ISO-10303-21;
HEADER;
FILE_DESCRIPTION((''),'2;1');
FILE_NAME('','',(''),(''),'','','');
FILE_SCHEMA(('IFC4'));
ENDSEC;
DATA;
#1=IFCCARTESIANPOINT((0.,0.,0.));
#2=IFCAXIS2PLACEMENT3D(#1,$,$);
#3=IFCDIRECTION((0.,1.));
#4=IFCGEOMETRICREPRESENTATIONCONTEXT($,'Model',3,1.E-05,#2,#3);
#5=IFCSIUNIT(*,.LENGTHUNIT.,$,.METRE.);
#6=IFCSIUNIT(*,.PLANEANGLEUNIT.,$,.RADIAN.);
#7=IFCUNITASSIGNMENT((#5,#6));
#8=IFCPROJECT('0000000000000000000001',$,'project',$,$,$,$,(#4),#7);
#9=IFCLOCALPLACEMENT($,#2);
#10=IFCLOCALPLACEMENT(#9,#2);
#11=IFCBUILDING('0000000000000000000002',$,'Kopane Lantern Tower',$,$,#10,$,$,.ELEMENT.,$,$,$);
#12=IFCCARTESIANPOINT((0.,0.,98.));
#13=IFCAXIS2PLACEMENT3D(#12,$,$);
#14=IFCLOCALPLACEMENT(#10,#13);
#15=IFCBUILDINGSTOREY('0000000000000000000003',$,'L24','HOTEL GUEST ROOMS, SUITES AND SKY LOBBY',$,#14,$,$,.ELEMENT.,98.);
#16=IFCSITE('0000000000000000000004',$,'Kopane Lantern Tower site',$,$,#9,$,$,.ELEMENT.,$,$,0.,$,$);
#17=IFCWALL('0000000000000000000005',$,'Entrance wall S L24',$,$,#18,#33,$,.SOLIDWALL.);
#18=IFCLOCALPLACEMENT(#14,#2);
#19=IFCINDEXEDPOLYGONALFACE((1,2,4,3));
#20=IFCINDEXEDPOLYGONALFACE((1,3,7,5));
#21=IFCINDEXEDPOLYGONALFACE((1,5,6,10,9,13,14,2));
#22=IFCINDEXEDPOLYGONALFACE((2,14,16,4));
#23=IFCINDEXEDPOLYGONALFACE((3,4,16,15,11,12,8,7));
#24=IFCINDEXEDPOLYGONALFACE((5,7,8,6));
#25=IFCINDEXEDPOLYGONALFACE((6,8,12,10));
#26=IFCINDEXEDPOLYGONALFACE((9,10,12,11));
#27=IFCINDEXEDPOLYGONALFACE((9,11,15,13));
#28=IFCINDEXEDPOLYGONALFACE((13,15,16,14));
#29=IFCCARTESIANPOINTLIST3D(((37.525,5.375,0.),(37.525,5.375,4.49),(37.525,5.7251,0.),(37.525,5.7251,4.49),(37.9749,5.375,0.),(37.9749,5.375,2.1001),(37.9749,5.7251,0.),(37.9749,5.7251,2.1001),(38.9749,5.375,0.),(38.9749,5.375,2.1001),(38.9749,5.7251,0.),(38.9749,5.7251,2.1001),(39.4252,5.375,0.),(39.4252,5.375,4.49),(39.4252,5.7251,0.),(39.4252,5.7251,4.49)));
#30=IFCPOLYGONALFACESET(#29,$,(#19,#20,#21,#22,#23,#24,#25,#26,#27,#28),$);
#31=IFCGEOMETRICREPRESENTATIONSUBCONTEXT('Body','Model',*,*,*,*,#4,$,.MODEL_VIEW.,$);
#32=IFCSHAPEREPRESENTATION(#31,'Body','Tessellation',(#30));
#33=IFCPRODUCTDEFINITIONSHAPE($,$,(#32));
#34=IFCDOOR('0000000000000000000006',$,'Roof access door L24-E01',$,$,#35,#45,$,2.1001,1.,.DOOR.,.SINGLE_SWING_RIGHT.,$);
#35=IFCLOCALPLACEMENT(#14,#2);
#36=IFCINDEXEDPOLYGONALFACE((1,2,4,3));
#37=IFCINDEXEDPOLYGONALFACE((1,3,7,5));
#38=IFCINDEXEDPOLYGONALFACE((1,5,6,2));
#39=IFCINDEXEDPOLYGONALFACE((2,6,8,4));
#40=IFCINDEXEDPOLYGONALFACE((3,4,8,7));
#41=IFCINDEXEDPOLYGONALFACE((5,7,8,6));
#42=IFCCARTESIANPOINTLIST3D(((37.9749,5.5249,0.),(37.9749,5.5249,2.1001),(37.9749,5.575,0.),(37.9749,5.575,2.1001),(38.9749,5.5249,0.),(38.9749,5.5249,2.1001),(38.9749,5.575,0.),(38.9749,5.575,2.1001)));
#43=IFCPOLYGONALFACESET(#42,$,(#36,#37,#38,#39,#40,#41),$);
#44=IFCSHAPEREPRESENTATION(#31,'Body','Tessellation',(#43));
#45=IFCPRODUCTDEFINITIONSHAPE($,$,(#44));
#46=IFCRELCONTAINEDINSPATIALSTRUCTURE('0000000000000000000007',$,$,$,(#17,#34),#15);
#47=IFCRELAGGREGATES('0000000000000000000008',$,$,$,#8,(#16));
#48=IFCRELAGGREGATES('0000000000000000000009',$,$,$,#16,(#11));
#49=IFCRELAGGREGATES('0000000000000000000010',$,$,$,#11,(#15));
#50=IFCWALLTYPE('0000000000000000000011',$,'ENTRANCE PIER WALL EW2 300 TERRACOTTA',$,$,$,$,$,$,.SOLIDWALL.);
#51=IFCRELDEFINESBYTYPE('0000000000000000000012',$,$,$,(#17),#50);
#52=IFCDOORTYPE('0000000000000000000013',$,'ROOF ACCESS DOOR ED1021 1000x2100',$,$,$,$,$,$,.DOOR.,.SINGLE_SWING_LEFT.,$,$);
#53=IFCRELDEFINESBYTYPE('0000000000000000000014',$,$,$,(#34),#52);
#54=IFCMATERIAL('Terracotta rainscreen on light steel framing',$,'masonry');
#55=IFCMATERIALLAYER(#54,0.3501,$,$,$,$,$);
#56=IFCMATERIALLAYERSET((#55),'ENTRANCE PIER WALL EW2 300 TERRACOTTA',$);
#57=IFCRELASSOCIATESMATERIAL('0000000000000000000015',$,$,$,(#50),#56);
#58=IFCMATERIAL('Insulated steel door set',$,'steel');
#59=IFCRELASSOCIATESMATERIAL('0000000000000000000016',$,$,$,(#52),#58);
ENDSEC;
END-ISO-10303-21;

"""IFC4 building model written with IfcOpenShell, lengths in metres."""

from ifc_helpers import new_model, si_unit, direction, frame, frame_2d, origin, place, context, subcontext, project, spatial, rectangle, extrude, material, layer, layer_set, type_object, element, fill, save


model = new_model("IFC4")

# Units and contexts
model_context = context("Model", 3, precision=1e-05, world=origin(), true_north=direction((0.0, 1.0)))
body_context = subcontext(model_context, "Body", "Model", "MODEL_VIEW")
ifc_project = project(units=[si_unit("LENGTHUNIT", "METRE"), si_unit("PLANEANGLEUNIT", "RADIAN")], contexts=[model_context])

# Site, building, storey
site_placement = place(None, origin())
site = spatial("IfcSite", under=ifc_project, at=site_placement, Name="Kopane Lantern Tower site", CompositionType="ELEMENT", RefElevation=0.0)
building_placement = place(site_placement, origin())
building = spatial("IfcBuilding", under=site, at=building_placement, Name="Kopane Lantern Tower", CompositionType="ELEMENT")
storey_placement = place(building_placement, frame((0.0, 0.0, 98.0)))
storey = spatial("IfcBuildingStorey", under=building, at=storey_placement, Name="L24", Description="HOTEL GUEST ROOMS, SUITES AND SKY LOBBY", CompositionType="ELEMENT", Elevation=98.0)

# Wall, opening, door
ifc_material_1 = material(Name="Terracotta rainscreen on light steel framing", Category="masonry")
ifc_layer_1 = layer(ifc_material_1, 0.3501)
ifc_layer_set_1 = layer_set([ifc_layer_1], Name="ENTRANCE PIER WALL EW2 300 TERRACOTTA")
wall_type = type_object("IfcWallType", Name="ENTRANCE PIER WALL EW2 300 TERRACOTTA", PredefinedType="SOLIDWALL", material=ifc_layer_set_1)
wall_placement = place(storey_placement, frame((37.5249, 5.55, 0.0), z_axis=(0.0, 0.0, 1.0), x_axis=(1.0, 0.0, 0.0)))
wall = element("IfcWall", 1, at=wall_placement, inside=storey, type_object=wall_type, Name="Entrance wall S L24", PredefinedType="SOLIDWALL", context=body_context, shape_type="SweptSolid", body=[
    extrude(rectangle(XDim=1.9001, YDim=0.3501, at=frame_2d((0.9502, 0.0))), origin(), (0.0, 0.0, 1.0), 4.49),
])
opening_placement = place(wall_placement, frame((0.45, 0.0, 0.0)))
opening = element("IfcOpeningElement", 2, at=opening_placement, cuts=wall, PredefinedType="OPENING", context=body_context, shape_type="SweptSolid", body=[
    extrude(rectangle(XDim=1.0, YDim=2.1001, at=frame_2d((0.5, 1.05))), frame((0.0, 0.1851, 0.0), z_axis=(0.0, -1.0, 0.0), x_axis=(1.0, 0.0, 0.0)), (0.0, 0.0, 1.0), 0.3701),
])
ifc_material_2 = material(Name="Insulated steel door set", Category="steel")
door_type = type_object("IfcDoorType", Name="ROOF ACCESS DOOR ED1021 1000x2100", OperationType="SINGLE_SWING_LEFT", PredefinedType="DOOR", material=ifc_material_2)
door_placement = place(opening_placement, origin())
door = element("IfcDoor", 3, at=door_placement, inside=storey, type_object=door_type, Name="Roof access door L24-E01", OperationType="SINGLE_SWING_RIGHT", OverallHeight=2.1001, OverallWidth=1.0, PredefinedType="DOOR", context=body_context, shape_type="SweptSolid", body=[
    extrude(rectangle(XDim=1.0, YDim=2.1001, at=frame_2d((0.5, 1.05))), frame((0.0, 0.0249, 0.0), z_axis=(0.0, -1.0, 0.0), x_axis=(1.0, 0.0, 0.0)), (0.0, 0.0, 1.0), 0.05),
])
fill(opening, door)

save(model, "model.ifc")
